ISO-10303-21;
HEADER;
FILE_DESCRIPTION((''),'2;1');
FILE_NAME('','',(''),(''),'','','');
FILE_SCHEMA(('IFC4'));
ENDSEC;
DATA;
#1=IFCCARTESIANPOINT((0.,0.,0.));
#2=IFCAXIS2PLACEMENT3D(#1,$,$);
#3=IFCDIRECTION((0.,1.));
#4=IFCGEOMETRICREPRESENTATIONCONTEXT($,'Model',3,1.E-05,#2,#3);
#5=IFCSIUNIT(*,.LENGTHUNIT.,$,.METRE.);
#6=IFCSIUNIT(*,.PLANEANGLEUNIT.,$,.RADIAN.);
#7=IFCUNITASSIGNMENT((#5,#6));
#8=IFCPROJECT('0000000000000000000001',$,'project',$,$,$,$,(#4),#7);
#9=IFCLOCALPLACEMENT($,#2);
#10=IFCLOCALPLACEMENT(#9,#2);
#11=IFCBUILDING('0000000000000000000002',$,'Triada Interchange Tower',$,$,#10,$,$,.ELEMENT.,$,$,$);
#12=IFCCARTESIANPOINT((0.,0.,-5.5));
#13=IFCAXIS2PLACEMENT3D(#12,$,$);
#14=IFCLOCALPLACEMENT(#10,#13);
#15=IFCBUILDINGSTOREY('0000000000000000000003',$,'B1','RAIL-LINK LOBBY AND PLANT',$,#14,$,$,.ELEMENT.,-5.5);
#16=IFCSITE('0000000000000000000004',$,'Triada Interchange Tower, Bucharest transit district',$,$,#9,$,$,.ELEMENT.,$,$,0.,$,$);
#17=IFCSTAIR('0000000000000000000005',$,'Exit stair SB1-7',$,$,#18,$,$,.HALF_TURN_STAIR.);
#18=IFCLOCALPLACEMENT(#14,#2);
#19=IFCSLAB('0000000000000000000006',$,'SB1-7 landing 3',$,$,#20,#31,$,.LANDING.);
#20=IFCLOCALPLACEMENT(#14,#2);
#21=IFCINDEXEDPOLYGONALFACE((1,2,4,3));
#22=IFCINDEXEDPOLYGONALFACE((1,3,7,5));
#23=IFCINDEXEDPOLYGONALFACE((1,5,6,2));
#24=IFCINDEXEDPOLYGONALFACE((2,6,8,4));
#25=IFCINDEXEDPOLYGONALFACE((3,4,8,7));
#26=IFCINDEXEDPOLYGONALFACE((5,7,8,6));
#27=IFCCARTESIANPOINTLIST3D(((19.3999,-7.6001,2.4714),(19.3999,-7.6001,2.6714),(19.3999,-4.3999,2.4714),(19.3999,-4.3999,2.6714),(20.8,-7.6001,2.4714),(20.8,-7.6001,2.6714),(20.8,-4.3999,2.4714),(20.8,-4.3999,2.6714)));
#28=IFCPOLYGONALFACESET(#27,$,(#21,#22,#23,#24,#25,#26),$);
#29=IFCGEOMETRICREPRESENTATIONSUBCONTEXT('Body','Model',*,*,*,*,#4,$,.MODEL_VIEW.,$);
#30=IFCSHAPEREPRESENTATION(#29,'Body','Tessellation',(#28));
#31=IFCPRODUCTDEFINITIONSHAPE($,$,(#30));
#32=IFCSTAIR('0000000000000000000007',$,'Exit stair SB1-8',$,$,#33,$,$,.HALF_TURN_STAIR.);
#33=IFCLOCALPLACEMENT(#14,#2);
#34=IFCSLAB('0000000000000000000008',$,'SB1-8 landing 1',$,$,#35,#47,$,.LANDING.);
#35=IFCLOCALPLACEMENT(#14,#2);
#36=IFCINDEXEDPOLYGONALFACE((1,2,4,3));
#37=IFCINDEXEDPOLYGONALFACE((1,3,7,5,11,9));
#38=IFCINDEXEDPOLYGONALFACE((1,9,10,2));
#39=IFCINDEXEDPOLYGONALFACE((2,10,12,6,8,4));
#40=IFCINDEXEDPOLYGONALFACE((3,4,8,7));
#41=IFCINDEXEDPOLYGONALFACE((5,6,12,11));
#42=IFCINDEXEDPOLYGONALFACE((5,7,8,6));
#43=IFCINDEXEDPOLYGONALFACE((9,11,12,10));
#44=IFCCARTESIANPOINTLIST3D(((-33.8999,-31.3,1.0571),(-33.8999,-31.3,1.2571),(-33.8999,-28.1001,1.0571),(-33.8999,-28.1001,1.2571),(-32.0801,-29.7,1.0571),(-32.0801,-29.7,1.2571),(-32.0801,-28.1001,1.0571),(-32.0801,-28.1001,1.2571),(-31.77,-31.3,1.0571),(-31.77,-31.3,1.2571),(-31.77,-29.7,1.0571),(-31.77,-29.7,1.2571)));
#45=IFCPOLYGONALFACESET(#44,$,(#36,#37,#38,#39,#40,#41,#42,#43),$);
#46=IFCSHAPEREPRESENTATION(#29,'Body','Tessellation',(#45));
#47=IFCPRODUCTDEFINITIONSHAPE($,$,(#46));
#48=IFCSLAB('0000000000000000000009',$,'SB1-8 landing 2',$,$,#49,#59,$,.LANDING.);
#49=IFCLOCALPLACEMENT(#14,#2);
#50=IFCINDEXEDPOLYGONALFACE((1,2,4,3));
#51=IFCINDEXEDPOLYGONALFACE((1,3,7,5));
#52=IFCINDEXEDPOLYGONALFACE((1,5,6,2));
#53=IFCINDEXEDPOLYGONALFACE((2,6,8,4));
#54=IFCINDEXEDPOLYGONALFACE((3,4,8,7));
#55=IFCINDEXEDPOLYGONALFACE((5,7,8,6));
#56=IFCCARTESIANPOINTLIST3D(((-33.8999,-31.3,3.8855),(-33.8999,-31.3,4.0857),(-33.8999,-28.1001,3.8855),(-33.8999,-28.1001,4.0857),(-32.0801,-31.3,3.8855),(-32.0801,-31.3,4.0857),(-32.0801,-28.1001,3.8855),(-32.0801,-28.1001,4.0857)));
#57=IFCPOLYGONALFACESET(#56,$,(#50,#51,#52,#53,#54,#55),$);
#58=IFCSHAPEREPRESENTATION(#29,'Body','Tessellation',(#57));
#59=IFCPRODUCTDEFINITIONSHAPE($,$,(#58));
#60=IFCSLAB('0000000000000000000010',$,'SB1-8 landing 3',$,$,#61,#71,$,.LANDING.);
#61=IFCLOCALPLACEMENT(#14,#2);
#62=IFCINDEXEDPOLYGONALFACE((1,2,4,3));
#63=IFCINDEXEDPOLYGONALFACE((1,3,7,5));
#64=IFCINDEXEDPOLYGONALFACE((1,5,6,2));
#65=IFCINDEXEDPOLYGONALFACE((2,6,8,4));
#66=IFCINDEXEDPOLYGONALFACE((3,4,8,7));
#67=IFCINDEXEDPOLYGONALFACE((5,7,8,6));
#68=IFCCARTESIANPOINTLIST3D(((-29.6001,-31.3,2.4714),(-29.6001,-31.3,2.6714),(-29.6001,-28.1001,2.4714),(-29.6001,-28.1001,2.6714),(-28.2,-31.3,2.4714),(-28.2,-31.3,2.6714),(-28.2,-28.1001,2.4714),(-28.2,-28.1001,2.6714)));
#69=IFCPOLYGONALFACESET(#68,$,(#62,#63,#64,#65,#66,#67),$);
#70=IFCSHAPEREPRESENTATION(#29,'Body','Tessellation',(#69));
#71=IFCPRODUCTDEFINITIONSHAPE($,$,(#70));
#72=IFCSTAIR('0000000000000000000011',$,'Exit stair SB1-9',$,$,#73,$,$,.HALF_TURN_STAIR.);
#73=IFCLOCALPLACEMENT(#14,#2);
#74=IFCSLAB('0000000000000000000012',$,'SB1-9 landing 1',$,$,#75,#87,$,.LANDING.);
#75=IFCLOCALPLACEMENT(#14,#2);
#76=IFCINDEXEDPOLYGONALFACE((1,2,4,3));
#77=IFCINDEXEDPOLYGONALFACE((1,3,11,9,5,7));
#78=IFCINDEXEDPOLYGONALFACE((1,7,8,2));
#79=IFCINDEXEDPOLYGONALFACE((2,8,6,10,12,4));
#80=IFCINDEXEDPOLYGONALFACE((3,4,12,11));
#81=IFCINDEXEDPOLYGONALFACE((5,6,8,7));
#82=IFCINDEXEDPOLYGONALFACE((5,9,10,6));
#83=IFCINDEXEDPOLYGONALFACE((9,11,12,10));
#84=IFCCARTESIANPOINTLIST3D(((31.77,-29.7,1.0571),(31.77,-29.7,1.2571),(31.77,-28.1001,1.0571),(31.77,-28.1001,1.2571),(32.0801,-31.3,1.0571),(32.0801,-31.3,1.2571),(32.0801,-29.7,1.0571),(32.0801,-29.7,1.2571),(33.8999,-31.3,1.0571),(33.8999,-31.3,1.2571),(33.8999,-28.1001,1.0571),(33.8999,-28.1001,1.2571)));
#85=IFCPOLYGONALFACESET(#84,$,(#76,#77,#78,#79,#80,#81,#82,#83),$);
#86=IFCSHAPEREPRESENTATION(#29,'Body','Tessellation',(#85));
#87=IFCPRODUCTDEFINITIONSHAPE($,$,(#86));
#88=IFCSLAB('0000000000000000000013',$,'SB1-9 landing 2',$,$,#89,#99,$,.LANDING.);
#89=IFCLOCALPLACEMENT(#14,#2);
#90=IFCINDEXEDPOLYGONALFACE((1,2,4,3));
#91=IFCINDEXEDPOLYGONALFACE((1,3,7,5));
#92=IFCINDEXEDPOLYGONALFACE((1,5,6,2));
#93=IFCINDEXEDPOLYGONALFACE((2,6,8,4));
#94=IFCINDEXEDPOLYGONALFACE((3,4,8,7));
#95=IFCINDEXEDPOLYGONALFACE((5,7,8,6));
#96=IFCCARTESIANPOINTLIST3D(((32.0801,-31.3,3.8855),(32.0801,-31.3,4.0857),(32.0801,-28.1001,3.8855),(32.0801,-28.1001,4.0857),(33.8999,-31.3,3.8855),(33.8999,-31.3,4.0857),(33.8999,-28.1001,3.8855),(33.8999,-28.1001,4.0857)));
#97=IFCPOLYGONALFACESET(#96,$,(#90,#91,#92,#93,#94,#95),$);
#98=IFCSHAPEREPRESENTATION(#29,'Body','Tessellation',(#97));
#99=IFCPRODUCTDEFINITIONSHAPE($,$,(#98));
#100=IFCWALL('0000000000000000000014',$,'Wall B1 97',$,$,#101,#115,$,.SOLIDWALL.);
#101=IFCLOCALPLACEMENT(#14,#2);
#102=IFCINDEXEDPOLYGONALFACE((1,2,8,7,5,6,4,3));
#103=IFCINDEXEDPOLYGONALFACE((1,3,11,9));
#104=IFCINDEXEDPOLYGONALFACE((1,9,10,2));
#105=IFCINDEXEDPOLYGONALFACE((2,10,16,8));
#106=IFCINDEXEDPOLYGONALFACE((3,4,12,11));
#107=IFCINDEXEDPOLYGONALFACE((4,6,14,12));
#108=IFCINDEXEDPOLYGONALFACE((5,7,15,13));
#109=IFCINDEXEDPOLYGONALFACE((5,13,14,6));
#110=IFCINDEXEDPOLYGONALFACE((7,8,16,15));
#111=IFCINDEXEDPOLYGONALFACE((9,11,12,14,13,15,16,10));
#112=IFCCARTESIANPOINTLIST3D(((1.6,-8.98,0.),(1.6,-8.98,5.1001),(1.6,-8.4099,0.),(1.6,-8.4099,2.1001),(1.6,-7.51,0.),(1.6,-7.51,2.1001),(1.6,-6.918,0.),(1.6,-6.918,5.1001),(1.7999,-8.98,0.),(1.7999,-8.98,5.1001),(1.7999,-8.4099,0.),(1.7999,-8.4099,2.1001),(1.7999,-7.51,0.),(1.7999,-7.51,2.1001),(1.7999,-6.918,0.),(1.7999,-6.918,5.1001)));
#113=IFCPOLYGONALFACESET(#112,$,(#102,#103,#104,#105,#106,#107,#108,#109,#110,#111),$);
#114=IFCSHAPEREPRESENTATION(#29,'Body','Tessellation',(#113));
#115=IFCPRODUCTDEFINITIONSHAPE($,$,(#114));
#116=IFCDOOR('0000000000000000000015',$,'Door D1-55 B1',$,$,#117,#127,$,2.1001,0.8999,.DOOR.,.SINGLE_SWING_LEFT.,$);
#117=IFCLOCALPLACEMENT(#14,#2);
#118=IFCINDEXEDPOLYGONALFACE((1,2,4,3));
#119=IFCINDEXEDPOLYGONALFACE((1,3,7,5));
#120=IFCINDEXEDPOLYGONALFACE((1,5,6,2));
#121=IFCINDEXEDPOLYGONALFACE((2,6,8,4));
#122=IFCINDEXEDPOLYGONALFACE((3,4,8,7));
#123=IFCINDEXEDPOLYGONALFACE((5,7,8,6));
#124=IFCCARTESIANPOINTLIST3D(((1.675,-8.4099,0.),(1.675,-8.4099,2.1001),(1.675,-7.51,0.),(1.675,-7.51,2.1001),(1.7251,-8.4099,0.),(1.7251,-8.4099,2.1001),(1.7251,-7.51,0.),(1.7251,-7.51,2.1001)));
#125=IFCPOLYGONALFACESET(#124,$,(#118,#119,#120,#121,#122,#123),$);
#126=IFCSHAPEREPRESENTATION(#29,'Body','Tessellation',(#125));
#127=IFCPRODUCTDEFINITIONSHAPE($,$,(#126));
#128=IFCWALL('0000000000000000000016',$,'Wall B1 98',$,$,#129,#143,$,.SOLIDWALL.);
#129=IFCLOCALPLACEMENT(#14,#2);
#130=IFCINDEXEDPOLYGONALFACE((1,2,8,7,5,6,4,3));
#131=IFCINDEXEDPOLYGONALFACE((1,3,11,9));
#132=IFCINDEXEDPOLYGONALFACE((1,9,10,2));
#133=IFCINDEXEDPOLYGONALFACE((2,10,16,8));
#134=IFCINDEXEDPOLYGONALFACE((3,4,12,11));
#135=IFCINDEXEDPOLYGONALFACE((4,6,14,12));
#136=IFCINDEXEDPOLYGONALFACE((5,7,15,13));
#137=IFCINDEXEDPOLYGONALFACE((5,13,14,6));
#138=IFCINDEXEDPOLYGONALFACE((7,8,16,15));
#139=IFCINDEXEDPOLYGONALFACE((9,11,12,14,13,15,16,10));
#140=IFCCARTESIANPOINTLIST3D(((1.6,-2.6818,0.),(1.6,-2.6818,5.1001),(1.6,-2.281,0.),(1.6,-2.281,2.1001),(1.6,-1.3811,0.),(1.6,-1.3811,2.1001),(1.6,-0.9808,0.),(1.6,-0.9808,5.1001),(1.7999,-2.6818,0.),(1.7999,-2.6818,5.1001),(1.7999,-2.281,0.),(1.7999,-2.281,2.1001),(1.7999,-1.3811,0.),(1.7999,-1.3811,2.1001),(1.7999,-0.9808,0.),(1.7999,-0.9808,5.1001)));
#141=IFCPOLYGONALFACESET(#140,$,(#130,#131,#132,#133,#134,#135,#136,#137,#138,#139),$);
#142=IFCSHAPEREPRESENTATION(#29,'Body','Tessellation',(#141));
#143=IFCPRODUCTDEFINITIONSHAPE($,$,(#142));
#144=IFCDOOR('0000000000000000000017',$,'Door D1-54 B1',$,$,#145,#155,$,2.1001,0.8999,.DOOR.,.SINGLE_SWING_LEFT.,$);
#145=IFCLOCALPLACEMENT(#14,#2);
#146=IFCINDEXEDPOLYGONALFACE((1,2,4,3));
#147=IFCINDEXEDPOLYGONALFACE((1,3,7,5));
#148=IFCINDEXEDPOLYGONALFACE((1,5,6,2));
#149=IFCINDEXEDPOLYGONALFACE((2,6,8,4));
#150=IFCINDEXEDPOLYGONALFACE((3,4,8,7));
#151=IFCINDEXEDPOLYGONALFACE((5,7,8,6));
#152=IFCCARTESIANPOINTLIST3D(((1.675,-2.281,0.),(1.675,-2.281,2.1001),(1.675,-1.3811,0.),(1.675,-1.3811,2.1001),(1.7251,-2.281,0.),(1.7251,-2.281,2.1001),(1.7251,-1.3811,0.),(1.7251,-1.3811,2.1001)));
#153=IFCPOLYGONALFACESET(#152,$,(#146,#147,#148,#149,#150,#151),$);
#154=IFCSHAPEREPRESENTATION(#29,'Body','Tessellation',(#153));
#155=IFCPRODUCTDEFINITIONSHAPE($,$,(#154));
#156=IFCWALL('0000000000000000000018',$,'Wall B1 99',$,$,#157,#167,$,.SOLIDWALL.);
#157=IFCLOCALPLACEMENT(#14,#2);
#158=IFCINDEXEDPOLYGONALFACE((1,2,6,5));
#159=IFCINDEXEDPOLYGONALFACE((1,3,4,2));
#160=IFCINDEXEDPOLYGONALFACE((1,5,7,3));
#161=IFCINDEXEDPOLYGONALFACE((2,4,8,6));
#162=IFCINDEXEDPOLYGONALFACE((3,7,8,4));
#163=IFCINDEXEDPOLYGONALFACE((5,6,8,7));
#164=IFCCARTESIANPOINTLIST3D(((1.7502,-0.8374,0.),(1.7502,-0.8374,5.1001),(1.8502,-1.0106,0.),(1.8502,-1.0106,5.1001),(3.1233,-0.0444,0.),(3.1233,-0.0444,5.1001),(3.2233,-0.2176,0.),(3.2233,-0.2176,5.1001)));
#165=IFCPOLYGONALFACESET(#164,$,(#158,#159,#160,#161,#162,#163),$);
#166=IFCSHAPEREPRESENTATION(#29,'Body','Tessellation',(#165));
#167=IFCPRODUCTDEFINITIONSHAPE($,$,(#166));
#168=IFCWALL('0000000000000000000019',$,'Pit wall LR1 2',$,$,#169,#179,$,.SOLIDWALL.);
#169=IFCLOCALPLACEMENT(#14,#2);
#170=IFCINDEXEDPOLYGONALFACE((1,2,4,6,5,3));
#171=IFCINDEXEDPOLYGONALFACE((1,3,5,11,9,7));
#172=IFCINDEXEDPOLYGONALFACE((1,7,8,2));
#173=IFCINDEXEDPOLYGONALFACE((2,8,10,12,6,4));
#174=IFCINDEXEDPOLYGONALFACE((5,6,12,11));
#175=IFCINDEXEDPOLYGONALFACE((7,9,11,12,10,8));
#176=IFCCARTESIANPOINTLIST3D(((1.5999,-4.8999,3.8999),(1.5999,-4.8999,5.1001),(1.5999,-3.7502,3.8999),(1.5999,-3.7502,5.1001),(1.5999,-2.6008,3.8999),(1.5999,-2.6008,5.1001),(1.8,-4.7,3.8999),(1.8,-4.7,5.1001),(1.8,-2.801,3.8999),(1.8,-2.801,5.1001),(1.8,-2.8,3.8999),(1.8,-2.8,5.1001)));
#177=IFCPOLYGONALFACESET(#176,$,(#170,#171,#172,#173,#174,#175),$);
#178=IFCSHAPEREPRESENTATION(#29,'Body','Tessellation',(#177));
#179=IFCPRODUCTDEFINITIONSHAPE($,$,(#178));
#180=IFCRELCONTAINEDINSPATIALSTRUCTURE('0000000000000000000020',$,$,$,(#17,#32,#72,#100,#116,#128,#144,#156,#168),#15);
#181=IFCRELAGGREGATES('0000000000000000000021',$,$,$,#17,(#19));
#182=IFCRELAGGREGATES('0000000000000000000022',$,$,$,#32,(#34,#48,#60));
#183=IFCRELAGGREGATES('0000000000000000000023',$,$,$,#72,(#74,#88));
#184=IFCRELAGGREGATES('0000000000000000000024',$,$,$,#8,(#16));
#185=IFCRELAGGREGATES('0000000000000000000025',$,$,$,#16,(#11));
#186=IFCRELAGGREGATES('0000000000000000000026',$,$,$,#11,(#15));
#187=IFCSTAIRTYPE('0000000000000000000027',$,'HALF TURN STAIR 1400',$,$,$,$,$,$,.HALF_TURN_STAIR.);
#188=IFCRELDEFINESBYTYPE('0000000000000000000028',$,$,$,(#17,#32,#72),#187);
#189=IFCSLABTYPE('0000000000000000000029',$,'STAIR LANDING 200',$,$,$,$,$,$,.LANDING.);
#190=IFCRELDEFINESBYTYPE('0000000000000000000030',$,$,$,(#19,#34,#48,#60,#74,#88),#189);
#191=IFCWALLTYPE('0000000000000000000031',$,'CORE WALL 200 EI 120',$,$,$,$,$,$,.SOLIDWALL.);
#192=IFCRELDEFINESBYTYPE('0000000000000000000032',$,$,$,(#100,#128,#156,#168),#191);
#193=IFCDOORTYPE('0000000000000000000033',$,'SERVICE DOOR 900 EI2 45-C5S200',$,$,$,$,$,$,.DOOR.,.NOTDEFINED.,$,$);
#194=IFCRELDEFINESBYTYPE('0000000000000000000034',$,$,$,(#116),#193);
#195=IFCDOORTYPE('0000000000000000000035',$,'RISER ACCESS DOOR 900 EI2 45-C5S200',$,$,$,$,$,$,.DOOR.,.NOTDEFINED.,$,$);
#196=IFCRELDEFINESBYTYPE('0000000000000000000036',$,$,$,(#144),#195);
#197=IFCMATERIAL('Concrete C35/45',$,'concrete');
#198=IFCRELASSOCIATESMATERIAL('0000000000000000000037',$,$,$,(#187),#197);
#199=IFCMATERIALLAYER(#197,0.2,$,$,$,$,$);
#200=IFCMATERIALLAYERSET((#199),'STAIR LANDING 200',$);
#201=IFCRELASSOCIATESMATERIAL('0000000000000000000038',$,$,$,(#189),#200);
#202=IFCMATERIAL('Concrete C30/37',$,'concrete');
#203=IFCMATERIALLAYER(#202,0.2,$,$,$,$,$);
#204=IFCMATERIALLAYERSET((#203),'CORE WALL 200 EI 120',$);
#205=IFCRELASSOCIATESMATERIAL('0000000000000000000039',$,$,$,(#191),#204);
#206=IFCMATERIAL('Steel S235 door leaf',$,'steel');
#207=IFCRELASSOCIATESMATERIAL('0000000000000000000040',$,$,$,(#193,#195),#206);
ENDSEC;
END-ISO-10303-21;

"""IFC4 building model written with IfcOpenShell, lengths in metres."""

from ifc_helpers import new_model, si_unit, direction, frame, frame_2d, origin, place, context, subcontext, project, spatial, polyline, rectangle, outline, extrude, material, layer, layer_set, type_object, element, fill, aggregate, save


model = new_model("IFC4")

# Units and contexts
model_context = context("Model", 3, precision=1e-05, world=origin(), true_north=direction((0.0, 1.0)))
body_context = subcontext(model_context, "Body", "Model", "MODEL_VIEW")
ifc_project = project(units=[si_unit("LENGTHUNIT", "METRE"), si_unit("PLANEANGLEUNIT", "RADIAN")], contexts=[model_context])

# Site, building, storey
site_placement = place(None, origin())
site = spatial("IfcSite", under=ifc_project, at=site_placement, Name="Triada Interchange Tower, Bucharest transit district", CompositionType="ELEMENT", RefElevation=0.0)
building_placement = place(site_placement, origin())
building = spatial("IfcBuilding", under=site, at=building_placement, Name="Triada Interchange Tower", CompositionType="ELEMENT")
storey_placement = place(building_placement, frame((0.0, 0.0, -5.5)))
storey = spatial("IfcBuildingStorey", under=building, at=storey_placement, Name="B1", Description="RAIL-LINK LOBBY AND PLANT", CompositionType="ELEMENT", Elevation=-5.5)

# Shared definitions
ifc_material_1 = material(Name="Concrete C30/37", Category="concrete")

# Stairs, slabs
ifc_material_2 = material(Name="Concrete C35/45", Category="concrete")
stair_type = type_object("IfcStairType", Name="HALF TURN STAIR 1400", PredefinedType="HALF_TURN_STAIR", material=ifc_material_2)
ifc_layer_1 = layer(ifc_material_2, 0.2)
ifc_layer_set_1 = layer_set([ifc_layer_1], Name="STAIR LANDING 200")
slab_type = type_object("IfcSlabType", Name="STAIR LANDING 200", PredefinedType="LANDING", material=ifc_layer_set_1)
stair_1_placement = place(storey_placement, origin())
stair_1 = element("IfcStair", 1, at=stair_1_placement, inside=storey, type_object=stair_type, Name="Exit stair SB1-7", PredefinedType="HALF_TURN_STAIR")
slab_1_placement = place(storey_placement, frame((0.0, 0.0, 2.4714)))
slab_1 = element("IfcSlab", 2, at=slab_1_placement, type_object=slab_type, Name="SB1-7 landing 3", PredefinedType="LANDING", context=body_context, shape_type="SweptSolid", body=[
    extrude(outline(polyline([(19.3999, -7.6001), (20.8, -7.6001), (20.8, -4.3999), (19.3999, -4.3999), (19.3999, -7.6001)])), origin(), (0.0, 0.0, 1.0), 0.2),
])
aggregate(stair_1, [slab_1])
stair_2_placement = place(storey_placement, origin())
stair_2 = element("IfcStair", 3, at=stair_2_placement, inside=storey, type_object=stair_type, Name="Exit stair SB1-8", PredefinedType="HALF_TURN_STAIR")
slab_2_placement = place(storey_placement, frame((0.0, 0.0, 1.0571)))
slab_2 = element("IfcSlab", 4, at=slab_2_placement, type_object=slab_type, Name="SB1-8 landing 1", PredefinedType="LANDING", context=body_context, shape_type="SweptSolid", body=[
    extrude(outline(polyline([(-33.8999, -31.3), (-31.77, -31.3), (-31.77, -29.7), (-32.0801, -29.7), (-32.0801, -28.1001), (-33.8999, -28.1001), (-33.8999, -31.3)])), origin(), (0.0, 0.0, 1.0), 0.2),
])
slab_3_placement = place(storey_placement, frame((0.0, 0.0, 3.8855)))
slab_3 = element("IfcSlab", 5, at=slab_3_placement, type_object=slab_type, Name="SB1-8 landing 2", PredefinedType="LANDING", context=body_context, shape_type="SweptSolid", body=[
    extrude(outline(polyline([(-33.8999, -31.3), (-32.0801, -31.3), (-32.0801, -28.1001), (-33.8999, -28.1001), (-33.8999, -31.3)])), origin(), (0.0, 0.0, 1.0), 0.2002),
])
slab_4_placement = place(storey_placement, frame((0.0, 0.0, 2.4714)))
slab_4 = element("IfcSlab", 6, at=slab_4_placement, type_object=slab_type, Name="SB1-8 landing 3", PredefinedType="LANDING", context=body_context, shape_type="SweptSolid", body=[
    extrude(outline(polyline([(-29.6001, -31.3), (-28.2, -31.3), (-28.2, -28.1001), (-29.6001, -28.1001), (-29.6001, -31.3)])), origin(), (0.0, 0.0, 1.0), 0.2),
])
aggregate(stair_2, [slab_2, slab_3, slab_4])
stair_3_placement = place(storey_placement, origin())
stair_3 = element("IfcStair", 7, at=stair_3_placement, inside=storey, type_object=stair_type, Name="Exit stair SB1-9", PredefinedType="HALF_TURN_STAIR")
slab_5_placement = place(storey_placement, frame((0.0, 0.0, 1.0571)))
slab_5 = element("IfcSlab", 8, at=slab_5_placement, type_object=slab_type, Name="SB1-9 landing 1", PredefinedType="LANDING", context=body_context, shape_type="SweptSolid", body=[
    extrude(outline(polyline([(33.8999, -28.1001), (31.77, -28.1001), (31.77, -29.7), (32.0801, -29.7), (32.0801, -31.3), (33.8999, -31.3), (33.8999, -28.1001)])), origin(), (0.0, 0.0, 1.0), 0.2),
])
slab_6_placement = place(storey_placement, frame((0.0, 0.0, 3.8855)))
slab_6 = element("IfcSlab", 9, at=slab_6_placement, type_object=slab_type, Name="SB1-9 landing 2", PredefinedType="LANDING", context=body_context, shape_type="SweptSolid", body=[
    extrude(outline(polyline([(33.8999, -28.1001), (32.0801, -28.1001), (32.0801, -31.3), (33.8999, -31.3), (33.8999, -28.1001)])), origin(), (0.0, 0.0, 1.0), 0.2002),
])
aggregate(stair_3, [slab_5, slab_6])

# Walls, openings, doors
ifc_layer_2 = layer(ifc_material_1, 0.2)
ifc_layer_set_2 = layer_set([ifc_layer_2], Name="CORE WALL 200 EI 120")
wall_type = type_object("IfcWallType", Name="CORE WALL 200 EI 120", PredefinedType="SOLIDWALL", material=ifc_layer_set_2)
wall_1_placement = place(storey_placement, frame((1.7, -8.98, 0.0), z_axis=(0.0, 0.0, 1.0), x_axis=(0.0, 1.0, 0.0)))
wall_1 = element("IfcWall", 10, at=wall_1_placement, inside=storey, type_object=wall_type, Name="Wall B1 97", PredefinedType="SOLIDWALL", context=body_context, shape_type="SweptSolid", body=[
    extrude(rectangle(XDim=2.062, YDim=0.2, at=frame_2d((1.031, 0.0))), origin(), (0.0, 0.0, 1.0), 5.1001),
])
opening_1_placement = place(wall_1_placement, frame((0.5701, 0.0, 0.0)))
opening_1 = element("IfcOpeningElement", 11, at=opening_1_placement, cuts=wall_1, PredefinedType="OPENING", context=body_context, shape_type="SweptSolid", body=[
    extrude(rectangle(XDim=0.8999, YDim=2.1001, at=frame_2d((0.45, 1.05))), frame((0.0, 0.1099, 0.0), z_axis=(0.0, -1.0, 0.0), x_axis=(1.0, 0.0, 0.0)), (0.0, 0.0, 1.0), 0.22),
])
ifc_material_3 = material(Name="Steel S235 door leaf", Category="steel")
door_type_1 = type_object("IfcDoorType", Name="SERVICE DOOR 900 EI2 45-C5S200", OperationType="NOTDEFINED", PredefinedType="DOOR", material=ifc_material_3)
door_1_placement = place(opening_1_placement, origin())
door_1 = element("IfcDoor", 12, at=door_1_placement, inside=storey, type_object=door_type_1, Name="Door D1-55 B1", OperationType="SINGLE_SWING_LEFT", OverallHeight=2.1001, OverallWidth=0.8999, PredefinedType="DOOR", context=body_context, shape_type="SweptSolid", body=[
    extrude(rectangle(XDim=0.8999, YDim=2.1001, at=frame_2d((0.45, 1.05))), frame((0.0, 0.0249, 0.0), z_axis=(0.0, -1.0, 0.0), x_axis=(1.0, 0.0, 0.0)), (0.0, 0.0, 1.0), 0.05),
])
fill(opening_1, door_1)
wall_2_placement = place(storey_placement, frame((1.7, -2.6819, 0.0), z_axis=(0.0, 0.0, 1.0), x_axis=(0.0, 1.0, 0.0)))
wall_2 = element("IfcWall", 13, at=wall_2_placement, inside=storey, type_object=wall_type, Name="Wall B1 98", PredefinedType="SOLIDWALL", context=body_context, shape_type="SweptSolid", body=[
    extrude(rectangle(XDim=1.7009, YDim=0.2, at=frame_2d((0.8506, 0.0))), origin(), (0.0, 0.0, 1.0), 5.1001),
])
opening_2_placement = place(wall_2_placement, frame((0.4009, 0.0, 0.0)))
opening_2 = element("IfcOpeningElement", 14, at=opening_2_placement, cuts=wall_2, PredefinedType="OPENING", context=body_context, shape_type="SweptSolid", body=[
    extrude(rectangle(XDim=0.8999, YDim=2.1001, at=frame_2d((0.45, 1.05))), frame((0.0, 0.1099, 0.0), z_axis=(0.0, -1.0, 0.0), x_axis=(1.0, 0.0, 0.0)), (0.0, 0.0, 1.0), 0.22),
])
door_type_2 = type_object("IfcDoorType", Name="RISER ACCESS DOOR 900 EI2 45-C5S200", OperationType="NOTDEFINED", PredefinedType="DOOR", material=ifc_material_3)
door_2_placement = place(opening_2_placement, origin())
door_2 = element("IfcDoor", 15, at=door_2_placement, inside=storey, type_object=door_type_2, Name="Door D1-54 B1", OperationType="SINGLE_SWING_LEFT", OverallHeight=2.1001, OverallWidth=0.8999, PredefinedType="DOOR", context=body_context, shape_type="SweptSolid", body=[
    extrude(rectangle(XDim=0.8999, YDim=2.1001, at=frame_2d((0.45, 1.05))), frame((0.0, 0.0249, 0.0), z_axis=(0.0, -1.0, 0.0), x_axis=(1.0, 0.0, 0.0)), (0.0, 0.0, 1.0), 0.05),
])
fill(opening_2, door_2)

# Walls
wall_3_placement = place(storey_placement, frame((1.8, -0.9241, 0.0), z_axis=(0.0, 0.0, 1.0), x_axis=(0.86596, 0.500113, 0.0)))
element("IfcWall", 16, at=wall_3_placement, inside=storey, type_object=wall_type, Name="Wall B1 99", PredefinedType="SOLIDWALL", context=body_context, shape_type="SweptSolid", body=[
    extrude(rectangle(XDim=1.5857, YDim=0.2, at=frame_2d((0.793, 0.0))), origin(), (0.0, 0.0, 1.0), 5.1001),
])
wall_4_placement = place(storey_placement, frame((1.7, -2.7, 3.8999), z_axis=(0.0, 0.0, 1.0), x_axis=(0.0, -1.0, 0.0)))
element("IfcWall", 17, at=wall_4_placement, inside=storey, type_object=wall_type, Name="Pit wall LR1 2", PredefinedType="SOLIDWALL", context=body_context, shape_type="SweptSolid", body=[
    extrude(outline(polyline([(2.0, 0.1001), (2.2, -0.1001), (1.0503, -0.1001), (-0.0991, -0.1001), (0.1001, 0.1001), (0.1001, 0.1001), (0.1001, 0.1001), (0.1001, 0.1001), (0.1001, 0.1001), (0.1001, 0.1001), (0.1001, 0.1001), (0.1001, 0.1001), (0.1011, 0.1001), (2.0, 0.1001)])), origin(), (0.0, 0.0, 1.0), 1.2002),
])

save(model, "model.ifc")
